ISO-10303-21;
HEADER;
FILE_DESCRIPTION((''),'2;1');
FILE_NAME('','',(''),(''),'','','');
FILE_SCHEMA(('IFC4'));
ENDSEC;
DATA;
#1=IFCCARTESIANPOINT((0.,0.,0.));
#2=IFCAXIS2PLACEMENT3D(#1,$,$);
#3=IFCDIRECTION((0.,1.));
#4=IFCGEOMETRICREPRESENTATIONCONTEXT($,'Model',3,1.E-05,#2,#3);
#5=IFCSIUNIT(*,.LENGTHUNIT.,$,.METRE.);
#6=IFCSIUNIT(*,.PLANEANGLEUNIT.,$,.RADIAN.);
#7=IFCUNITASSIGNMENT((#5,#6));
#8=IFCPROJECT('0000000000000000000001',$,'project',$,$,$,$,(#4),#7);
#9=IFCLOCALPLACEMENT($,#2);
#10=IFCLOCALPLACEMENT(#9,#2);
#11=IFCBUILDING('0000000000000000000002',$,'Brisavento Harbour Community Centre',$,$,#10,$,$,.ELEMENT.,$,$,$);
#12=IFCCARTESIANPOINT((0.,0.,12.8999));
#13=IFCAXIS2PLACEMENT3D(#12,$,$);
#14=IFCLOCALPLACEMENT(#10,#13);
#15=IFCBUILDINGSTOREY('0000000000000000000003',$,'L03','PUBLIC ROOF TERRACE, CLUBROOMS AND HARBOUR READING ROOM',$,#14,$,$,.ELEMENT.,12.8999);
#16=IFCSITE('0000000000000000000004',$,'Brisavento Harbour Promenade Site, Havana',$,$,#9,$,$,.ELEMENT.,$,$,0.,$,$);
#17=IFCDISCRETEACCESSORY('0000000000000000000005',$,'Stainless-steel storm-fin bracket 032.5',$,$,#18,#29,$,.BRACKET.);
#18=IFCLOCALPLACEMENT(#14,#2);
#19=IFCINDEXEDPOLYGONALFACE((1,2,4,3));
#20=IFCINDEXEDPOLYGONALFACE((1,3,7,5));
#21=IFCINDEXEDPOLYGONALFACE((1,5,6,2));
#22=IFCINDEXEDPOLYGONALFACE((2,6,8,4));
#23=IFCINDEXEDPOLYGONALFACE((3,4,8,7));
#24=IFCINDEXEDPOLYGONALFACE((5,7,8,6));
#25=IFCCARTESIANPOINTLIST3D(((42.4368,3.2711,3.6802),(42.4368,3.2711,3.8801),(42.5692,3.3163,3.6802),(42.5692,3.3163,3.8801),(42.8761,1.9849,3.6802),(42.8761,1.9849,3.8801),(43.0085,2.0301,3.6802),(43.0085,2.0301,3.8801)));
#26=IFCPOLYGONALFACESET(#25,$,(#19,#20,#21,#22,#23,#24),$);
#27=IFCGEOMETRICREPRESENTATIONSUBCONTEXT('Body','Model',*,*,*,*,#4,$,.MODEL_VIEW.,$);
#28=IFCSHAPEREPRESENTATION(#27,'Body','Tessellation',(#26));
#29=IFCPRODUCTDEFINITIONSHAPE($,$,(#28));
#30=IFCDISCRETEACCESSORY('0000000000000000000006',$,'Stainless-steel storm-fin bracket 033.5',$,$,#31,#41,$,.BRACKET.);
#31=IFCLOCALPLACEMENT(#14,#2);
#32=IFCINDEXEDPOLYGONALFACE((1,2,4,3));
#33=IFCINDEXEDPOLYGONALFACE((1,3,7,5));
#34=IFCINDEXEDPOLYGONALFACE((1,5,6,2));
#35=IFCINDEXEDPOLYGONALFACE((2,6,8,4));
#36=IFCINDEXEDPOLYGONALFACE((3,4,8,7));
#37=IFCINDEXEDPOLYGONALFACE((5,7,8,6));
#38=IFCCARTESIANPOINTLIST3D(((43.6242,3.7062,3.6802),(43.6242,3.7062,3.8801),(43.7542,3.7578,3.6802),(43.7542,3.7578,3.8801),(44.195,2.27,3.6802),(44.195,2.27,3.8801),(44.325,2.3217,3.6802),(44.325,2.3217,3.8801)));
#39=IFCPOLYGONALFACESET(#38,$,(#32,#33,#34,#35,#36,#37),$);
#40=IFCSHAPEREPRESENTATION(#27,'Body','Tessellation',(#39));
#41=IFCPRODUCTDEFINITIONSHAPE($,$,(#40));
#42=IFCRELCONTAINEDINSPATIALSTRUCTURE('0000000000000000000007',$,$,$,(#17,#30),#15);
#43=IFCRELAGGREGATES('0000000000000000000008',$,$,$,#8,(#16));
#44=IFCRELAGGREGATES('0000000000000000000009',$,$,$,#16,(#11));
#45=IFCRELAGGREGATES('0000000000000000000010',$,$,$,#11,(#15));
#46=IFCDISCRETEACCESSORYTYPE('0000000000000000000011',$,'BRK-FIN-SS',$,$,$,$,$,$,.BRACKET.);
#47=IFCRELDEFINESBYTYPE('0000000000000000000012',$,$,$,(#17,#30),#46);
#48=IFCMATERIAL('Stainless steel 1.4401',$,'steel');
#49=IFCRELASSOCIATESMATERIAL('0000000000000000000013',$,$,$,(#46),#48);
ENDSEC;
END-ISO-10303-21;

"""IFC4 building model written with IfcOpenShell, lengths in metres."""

from ifc_helpers import new_model, si_unit, direction, frame, origin, origin_2d, place, context, subcontext, project, spatial, rectangle, extrude, material, type_object, element, save


model = new_model("IFC4")

# Units and contexts
model_context = context("Model", 3, precision=1e-05, world=origin(), true_north=direction((0.0, 1.0)))
body_context = subcontext(model_context, "Body", "Model", "MODEL_VIEW")
ifc_project = project(units=[si_unit("LENGTHUNIT", "METRE"), si_unit("PLANEANGLEUNIT", "RADIAN")], contexts=[model_context])

# Site, building, storey
site_placement = place(None, origin())
site = spatial("IfcSite", under=ifc_project, at=site_placement, Name="Brisavento Harbour Promenade Site, Havana", CompositionType="ELEMENT", RefElevation=0.0)
building_placement = place(site_placement, origin())
building = spatial("IfcBuilding", under=site, at=building_placement, Name="Brisavento Harbour Community Centre", CompositionType="ELEMENT")
storey_placement = place(building_placement, frame((0.0, 0.0, 12.8999)))
storey = spatial("IfcBuildingStorey", under=building, at=storey_placement, Name="L03", Description="PUBLIC ROOF TERRACE, CLUBROOMS AND HARBOUR READING ROOM", CompositionType="ELEMENT", Elevation=12.8999)

# Discrete accessories
ifc_material_1 = material(Name="Stainless steel 1.4401", Category="steel")
discrete_accessory_type = type_object("IfcDiscreteAccessoryType", Name="BRK-FIN-SS", PredefinedType="BRACKET", material=ifc_material_1)
discrete_accessory_1_placement = place(storey_placement, frame((42.7227, 2.6506, 3.6802), z_axis=(0.0, 0.0, 1.0), x_axis=(0.323174, -0.946339, 0.0)))
element("IfcDiscreteAccessory", 1, at=discrete_accessory_1_placement, inside=storey, type_object=discrete_accessory_type, Name="Stainless-steel storm-fin bracket 032.5", PredefinedType="BRACKET", context=body_context, shape_type="SweptSolid", body=[
    extrude(rectangle(XDim=1.3591, YDim=0.1399, at=origin_2d()), origin(), (0.0, 0.0, 1.0), 0.2),
])
discrete_accessory_2_placement = place(storey_placement, frame((43.9746, 3.0139, 3.6802), z_axis=(0.0, 0.0, 1.0), x_axis=(0.369341, -0.929294, 0.0)))
element("IfcDiscreteAccessory", 2, at=discrete_accessory_2_placement, inside=storey, type_object=discrete_accessory_type, Name="Stainless-steel storm-fin bracket 033.5", PredefinedType="BRACKET", context=body_context, shape_type="SweptSolid", body=[
    extrude(rectangle(XDim=1.5454, YDim=0.1399, at=origin_2d()), origin(), (0.0, 0.0, 1.0), 0.2),
])

save(model, "model.ifc")
